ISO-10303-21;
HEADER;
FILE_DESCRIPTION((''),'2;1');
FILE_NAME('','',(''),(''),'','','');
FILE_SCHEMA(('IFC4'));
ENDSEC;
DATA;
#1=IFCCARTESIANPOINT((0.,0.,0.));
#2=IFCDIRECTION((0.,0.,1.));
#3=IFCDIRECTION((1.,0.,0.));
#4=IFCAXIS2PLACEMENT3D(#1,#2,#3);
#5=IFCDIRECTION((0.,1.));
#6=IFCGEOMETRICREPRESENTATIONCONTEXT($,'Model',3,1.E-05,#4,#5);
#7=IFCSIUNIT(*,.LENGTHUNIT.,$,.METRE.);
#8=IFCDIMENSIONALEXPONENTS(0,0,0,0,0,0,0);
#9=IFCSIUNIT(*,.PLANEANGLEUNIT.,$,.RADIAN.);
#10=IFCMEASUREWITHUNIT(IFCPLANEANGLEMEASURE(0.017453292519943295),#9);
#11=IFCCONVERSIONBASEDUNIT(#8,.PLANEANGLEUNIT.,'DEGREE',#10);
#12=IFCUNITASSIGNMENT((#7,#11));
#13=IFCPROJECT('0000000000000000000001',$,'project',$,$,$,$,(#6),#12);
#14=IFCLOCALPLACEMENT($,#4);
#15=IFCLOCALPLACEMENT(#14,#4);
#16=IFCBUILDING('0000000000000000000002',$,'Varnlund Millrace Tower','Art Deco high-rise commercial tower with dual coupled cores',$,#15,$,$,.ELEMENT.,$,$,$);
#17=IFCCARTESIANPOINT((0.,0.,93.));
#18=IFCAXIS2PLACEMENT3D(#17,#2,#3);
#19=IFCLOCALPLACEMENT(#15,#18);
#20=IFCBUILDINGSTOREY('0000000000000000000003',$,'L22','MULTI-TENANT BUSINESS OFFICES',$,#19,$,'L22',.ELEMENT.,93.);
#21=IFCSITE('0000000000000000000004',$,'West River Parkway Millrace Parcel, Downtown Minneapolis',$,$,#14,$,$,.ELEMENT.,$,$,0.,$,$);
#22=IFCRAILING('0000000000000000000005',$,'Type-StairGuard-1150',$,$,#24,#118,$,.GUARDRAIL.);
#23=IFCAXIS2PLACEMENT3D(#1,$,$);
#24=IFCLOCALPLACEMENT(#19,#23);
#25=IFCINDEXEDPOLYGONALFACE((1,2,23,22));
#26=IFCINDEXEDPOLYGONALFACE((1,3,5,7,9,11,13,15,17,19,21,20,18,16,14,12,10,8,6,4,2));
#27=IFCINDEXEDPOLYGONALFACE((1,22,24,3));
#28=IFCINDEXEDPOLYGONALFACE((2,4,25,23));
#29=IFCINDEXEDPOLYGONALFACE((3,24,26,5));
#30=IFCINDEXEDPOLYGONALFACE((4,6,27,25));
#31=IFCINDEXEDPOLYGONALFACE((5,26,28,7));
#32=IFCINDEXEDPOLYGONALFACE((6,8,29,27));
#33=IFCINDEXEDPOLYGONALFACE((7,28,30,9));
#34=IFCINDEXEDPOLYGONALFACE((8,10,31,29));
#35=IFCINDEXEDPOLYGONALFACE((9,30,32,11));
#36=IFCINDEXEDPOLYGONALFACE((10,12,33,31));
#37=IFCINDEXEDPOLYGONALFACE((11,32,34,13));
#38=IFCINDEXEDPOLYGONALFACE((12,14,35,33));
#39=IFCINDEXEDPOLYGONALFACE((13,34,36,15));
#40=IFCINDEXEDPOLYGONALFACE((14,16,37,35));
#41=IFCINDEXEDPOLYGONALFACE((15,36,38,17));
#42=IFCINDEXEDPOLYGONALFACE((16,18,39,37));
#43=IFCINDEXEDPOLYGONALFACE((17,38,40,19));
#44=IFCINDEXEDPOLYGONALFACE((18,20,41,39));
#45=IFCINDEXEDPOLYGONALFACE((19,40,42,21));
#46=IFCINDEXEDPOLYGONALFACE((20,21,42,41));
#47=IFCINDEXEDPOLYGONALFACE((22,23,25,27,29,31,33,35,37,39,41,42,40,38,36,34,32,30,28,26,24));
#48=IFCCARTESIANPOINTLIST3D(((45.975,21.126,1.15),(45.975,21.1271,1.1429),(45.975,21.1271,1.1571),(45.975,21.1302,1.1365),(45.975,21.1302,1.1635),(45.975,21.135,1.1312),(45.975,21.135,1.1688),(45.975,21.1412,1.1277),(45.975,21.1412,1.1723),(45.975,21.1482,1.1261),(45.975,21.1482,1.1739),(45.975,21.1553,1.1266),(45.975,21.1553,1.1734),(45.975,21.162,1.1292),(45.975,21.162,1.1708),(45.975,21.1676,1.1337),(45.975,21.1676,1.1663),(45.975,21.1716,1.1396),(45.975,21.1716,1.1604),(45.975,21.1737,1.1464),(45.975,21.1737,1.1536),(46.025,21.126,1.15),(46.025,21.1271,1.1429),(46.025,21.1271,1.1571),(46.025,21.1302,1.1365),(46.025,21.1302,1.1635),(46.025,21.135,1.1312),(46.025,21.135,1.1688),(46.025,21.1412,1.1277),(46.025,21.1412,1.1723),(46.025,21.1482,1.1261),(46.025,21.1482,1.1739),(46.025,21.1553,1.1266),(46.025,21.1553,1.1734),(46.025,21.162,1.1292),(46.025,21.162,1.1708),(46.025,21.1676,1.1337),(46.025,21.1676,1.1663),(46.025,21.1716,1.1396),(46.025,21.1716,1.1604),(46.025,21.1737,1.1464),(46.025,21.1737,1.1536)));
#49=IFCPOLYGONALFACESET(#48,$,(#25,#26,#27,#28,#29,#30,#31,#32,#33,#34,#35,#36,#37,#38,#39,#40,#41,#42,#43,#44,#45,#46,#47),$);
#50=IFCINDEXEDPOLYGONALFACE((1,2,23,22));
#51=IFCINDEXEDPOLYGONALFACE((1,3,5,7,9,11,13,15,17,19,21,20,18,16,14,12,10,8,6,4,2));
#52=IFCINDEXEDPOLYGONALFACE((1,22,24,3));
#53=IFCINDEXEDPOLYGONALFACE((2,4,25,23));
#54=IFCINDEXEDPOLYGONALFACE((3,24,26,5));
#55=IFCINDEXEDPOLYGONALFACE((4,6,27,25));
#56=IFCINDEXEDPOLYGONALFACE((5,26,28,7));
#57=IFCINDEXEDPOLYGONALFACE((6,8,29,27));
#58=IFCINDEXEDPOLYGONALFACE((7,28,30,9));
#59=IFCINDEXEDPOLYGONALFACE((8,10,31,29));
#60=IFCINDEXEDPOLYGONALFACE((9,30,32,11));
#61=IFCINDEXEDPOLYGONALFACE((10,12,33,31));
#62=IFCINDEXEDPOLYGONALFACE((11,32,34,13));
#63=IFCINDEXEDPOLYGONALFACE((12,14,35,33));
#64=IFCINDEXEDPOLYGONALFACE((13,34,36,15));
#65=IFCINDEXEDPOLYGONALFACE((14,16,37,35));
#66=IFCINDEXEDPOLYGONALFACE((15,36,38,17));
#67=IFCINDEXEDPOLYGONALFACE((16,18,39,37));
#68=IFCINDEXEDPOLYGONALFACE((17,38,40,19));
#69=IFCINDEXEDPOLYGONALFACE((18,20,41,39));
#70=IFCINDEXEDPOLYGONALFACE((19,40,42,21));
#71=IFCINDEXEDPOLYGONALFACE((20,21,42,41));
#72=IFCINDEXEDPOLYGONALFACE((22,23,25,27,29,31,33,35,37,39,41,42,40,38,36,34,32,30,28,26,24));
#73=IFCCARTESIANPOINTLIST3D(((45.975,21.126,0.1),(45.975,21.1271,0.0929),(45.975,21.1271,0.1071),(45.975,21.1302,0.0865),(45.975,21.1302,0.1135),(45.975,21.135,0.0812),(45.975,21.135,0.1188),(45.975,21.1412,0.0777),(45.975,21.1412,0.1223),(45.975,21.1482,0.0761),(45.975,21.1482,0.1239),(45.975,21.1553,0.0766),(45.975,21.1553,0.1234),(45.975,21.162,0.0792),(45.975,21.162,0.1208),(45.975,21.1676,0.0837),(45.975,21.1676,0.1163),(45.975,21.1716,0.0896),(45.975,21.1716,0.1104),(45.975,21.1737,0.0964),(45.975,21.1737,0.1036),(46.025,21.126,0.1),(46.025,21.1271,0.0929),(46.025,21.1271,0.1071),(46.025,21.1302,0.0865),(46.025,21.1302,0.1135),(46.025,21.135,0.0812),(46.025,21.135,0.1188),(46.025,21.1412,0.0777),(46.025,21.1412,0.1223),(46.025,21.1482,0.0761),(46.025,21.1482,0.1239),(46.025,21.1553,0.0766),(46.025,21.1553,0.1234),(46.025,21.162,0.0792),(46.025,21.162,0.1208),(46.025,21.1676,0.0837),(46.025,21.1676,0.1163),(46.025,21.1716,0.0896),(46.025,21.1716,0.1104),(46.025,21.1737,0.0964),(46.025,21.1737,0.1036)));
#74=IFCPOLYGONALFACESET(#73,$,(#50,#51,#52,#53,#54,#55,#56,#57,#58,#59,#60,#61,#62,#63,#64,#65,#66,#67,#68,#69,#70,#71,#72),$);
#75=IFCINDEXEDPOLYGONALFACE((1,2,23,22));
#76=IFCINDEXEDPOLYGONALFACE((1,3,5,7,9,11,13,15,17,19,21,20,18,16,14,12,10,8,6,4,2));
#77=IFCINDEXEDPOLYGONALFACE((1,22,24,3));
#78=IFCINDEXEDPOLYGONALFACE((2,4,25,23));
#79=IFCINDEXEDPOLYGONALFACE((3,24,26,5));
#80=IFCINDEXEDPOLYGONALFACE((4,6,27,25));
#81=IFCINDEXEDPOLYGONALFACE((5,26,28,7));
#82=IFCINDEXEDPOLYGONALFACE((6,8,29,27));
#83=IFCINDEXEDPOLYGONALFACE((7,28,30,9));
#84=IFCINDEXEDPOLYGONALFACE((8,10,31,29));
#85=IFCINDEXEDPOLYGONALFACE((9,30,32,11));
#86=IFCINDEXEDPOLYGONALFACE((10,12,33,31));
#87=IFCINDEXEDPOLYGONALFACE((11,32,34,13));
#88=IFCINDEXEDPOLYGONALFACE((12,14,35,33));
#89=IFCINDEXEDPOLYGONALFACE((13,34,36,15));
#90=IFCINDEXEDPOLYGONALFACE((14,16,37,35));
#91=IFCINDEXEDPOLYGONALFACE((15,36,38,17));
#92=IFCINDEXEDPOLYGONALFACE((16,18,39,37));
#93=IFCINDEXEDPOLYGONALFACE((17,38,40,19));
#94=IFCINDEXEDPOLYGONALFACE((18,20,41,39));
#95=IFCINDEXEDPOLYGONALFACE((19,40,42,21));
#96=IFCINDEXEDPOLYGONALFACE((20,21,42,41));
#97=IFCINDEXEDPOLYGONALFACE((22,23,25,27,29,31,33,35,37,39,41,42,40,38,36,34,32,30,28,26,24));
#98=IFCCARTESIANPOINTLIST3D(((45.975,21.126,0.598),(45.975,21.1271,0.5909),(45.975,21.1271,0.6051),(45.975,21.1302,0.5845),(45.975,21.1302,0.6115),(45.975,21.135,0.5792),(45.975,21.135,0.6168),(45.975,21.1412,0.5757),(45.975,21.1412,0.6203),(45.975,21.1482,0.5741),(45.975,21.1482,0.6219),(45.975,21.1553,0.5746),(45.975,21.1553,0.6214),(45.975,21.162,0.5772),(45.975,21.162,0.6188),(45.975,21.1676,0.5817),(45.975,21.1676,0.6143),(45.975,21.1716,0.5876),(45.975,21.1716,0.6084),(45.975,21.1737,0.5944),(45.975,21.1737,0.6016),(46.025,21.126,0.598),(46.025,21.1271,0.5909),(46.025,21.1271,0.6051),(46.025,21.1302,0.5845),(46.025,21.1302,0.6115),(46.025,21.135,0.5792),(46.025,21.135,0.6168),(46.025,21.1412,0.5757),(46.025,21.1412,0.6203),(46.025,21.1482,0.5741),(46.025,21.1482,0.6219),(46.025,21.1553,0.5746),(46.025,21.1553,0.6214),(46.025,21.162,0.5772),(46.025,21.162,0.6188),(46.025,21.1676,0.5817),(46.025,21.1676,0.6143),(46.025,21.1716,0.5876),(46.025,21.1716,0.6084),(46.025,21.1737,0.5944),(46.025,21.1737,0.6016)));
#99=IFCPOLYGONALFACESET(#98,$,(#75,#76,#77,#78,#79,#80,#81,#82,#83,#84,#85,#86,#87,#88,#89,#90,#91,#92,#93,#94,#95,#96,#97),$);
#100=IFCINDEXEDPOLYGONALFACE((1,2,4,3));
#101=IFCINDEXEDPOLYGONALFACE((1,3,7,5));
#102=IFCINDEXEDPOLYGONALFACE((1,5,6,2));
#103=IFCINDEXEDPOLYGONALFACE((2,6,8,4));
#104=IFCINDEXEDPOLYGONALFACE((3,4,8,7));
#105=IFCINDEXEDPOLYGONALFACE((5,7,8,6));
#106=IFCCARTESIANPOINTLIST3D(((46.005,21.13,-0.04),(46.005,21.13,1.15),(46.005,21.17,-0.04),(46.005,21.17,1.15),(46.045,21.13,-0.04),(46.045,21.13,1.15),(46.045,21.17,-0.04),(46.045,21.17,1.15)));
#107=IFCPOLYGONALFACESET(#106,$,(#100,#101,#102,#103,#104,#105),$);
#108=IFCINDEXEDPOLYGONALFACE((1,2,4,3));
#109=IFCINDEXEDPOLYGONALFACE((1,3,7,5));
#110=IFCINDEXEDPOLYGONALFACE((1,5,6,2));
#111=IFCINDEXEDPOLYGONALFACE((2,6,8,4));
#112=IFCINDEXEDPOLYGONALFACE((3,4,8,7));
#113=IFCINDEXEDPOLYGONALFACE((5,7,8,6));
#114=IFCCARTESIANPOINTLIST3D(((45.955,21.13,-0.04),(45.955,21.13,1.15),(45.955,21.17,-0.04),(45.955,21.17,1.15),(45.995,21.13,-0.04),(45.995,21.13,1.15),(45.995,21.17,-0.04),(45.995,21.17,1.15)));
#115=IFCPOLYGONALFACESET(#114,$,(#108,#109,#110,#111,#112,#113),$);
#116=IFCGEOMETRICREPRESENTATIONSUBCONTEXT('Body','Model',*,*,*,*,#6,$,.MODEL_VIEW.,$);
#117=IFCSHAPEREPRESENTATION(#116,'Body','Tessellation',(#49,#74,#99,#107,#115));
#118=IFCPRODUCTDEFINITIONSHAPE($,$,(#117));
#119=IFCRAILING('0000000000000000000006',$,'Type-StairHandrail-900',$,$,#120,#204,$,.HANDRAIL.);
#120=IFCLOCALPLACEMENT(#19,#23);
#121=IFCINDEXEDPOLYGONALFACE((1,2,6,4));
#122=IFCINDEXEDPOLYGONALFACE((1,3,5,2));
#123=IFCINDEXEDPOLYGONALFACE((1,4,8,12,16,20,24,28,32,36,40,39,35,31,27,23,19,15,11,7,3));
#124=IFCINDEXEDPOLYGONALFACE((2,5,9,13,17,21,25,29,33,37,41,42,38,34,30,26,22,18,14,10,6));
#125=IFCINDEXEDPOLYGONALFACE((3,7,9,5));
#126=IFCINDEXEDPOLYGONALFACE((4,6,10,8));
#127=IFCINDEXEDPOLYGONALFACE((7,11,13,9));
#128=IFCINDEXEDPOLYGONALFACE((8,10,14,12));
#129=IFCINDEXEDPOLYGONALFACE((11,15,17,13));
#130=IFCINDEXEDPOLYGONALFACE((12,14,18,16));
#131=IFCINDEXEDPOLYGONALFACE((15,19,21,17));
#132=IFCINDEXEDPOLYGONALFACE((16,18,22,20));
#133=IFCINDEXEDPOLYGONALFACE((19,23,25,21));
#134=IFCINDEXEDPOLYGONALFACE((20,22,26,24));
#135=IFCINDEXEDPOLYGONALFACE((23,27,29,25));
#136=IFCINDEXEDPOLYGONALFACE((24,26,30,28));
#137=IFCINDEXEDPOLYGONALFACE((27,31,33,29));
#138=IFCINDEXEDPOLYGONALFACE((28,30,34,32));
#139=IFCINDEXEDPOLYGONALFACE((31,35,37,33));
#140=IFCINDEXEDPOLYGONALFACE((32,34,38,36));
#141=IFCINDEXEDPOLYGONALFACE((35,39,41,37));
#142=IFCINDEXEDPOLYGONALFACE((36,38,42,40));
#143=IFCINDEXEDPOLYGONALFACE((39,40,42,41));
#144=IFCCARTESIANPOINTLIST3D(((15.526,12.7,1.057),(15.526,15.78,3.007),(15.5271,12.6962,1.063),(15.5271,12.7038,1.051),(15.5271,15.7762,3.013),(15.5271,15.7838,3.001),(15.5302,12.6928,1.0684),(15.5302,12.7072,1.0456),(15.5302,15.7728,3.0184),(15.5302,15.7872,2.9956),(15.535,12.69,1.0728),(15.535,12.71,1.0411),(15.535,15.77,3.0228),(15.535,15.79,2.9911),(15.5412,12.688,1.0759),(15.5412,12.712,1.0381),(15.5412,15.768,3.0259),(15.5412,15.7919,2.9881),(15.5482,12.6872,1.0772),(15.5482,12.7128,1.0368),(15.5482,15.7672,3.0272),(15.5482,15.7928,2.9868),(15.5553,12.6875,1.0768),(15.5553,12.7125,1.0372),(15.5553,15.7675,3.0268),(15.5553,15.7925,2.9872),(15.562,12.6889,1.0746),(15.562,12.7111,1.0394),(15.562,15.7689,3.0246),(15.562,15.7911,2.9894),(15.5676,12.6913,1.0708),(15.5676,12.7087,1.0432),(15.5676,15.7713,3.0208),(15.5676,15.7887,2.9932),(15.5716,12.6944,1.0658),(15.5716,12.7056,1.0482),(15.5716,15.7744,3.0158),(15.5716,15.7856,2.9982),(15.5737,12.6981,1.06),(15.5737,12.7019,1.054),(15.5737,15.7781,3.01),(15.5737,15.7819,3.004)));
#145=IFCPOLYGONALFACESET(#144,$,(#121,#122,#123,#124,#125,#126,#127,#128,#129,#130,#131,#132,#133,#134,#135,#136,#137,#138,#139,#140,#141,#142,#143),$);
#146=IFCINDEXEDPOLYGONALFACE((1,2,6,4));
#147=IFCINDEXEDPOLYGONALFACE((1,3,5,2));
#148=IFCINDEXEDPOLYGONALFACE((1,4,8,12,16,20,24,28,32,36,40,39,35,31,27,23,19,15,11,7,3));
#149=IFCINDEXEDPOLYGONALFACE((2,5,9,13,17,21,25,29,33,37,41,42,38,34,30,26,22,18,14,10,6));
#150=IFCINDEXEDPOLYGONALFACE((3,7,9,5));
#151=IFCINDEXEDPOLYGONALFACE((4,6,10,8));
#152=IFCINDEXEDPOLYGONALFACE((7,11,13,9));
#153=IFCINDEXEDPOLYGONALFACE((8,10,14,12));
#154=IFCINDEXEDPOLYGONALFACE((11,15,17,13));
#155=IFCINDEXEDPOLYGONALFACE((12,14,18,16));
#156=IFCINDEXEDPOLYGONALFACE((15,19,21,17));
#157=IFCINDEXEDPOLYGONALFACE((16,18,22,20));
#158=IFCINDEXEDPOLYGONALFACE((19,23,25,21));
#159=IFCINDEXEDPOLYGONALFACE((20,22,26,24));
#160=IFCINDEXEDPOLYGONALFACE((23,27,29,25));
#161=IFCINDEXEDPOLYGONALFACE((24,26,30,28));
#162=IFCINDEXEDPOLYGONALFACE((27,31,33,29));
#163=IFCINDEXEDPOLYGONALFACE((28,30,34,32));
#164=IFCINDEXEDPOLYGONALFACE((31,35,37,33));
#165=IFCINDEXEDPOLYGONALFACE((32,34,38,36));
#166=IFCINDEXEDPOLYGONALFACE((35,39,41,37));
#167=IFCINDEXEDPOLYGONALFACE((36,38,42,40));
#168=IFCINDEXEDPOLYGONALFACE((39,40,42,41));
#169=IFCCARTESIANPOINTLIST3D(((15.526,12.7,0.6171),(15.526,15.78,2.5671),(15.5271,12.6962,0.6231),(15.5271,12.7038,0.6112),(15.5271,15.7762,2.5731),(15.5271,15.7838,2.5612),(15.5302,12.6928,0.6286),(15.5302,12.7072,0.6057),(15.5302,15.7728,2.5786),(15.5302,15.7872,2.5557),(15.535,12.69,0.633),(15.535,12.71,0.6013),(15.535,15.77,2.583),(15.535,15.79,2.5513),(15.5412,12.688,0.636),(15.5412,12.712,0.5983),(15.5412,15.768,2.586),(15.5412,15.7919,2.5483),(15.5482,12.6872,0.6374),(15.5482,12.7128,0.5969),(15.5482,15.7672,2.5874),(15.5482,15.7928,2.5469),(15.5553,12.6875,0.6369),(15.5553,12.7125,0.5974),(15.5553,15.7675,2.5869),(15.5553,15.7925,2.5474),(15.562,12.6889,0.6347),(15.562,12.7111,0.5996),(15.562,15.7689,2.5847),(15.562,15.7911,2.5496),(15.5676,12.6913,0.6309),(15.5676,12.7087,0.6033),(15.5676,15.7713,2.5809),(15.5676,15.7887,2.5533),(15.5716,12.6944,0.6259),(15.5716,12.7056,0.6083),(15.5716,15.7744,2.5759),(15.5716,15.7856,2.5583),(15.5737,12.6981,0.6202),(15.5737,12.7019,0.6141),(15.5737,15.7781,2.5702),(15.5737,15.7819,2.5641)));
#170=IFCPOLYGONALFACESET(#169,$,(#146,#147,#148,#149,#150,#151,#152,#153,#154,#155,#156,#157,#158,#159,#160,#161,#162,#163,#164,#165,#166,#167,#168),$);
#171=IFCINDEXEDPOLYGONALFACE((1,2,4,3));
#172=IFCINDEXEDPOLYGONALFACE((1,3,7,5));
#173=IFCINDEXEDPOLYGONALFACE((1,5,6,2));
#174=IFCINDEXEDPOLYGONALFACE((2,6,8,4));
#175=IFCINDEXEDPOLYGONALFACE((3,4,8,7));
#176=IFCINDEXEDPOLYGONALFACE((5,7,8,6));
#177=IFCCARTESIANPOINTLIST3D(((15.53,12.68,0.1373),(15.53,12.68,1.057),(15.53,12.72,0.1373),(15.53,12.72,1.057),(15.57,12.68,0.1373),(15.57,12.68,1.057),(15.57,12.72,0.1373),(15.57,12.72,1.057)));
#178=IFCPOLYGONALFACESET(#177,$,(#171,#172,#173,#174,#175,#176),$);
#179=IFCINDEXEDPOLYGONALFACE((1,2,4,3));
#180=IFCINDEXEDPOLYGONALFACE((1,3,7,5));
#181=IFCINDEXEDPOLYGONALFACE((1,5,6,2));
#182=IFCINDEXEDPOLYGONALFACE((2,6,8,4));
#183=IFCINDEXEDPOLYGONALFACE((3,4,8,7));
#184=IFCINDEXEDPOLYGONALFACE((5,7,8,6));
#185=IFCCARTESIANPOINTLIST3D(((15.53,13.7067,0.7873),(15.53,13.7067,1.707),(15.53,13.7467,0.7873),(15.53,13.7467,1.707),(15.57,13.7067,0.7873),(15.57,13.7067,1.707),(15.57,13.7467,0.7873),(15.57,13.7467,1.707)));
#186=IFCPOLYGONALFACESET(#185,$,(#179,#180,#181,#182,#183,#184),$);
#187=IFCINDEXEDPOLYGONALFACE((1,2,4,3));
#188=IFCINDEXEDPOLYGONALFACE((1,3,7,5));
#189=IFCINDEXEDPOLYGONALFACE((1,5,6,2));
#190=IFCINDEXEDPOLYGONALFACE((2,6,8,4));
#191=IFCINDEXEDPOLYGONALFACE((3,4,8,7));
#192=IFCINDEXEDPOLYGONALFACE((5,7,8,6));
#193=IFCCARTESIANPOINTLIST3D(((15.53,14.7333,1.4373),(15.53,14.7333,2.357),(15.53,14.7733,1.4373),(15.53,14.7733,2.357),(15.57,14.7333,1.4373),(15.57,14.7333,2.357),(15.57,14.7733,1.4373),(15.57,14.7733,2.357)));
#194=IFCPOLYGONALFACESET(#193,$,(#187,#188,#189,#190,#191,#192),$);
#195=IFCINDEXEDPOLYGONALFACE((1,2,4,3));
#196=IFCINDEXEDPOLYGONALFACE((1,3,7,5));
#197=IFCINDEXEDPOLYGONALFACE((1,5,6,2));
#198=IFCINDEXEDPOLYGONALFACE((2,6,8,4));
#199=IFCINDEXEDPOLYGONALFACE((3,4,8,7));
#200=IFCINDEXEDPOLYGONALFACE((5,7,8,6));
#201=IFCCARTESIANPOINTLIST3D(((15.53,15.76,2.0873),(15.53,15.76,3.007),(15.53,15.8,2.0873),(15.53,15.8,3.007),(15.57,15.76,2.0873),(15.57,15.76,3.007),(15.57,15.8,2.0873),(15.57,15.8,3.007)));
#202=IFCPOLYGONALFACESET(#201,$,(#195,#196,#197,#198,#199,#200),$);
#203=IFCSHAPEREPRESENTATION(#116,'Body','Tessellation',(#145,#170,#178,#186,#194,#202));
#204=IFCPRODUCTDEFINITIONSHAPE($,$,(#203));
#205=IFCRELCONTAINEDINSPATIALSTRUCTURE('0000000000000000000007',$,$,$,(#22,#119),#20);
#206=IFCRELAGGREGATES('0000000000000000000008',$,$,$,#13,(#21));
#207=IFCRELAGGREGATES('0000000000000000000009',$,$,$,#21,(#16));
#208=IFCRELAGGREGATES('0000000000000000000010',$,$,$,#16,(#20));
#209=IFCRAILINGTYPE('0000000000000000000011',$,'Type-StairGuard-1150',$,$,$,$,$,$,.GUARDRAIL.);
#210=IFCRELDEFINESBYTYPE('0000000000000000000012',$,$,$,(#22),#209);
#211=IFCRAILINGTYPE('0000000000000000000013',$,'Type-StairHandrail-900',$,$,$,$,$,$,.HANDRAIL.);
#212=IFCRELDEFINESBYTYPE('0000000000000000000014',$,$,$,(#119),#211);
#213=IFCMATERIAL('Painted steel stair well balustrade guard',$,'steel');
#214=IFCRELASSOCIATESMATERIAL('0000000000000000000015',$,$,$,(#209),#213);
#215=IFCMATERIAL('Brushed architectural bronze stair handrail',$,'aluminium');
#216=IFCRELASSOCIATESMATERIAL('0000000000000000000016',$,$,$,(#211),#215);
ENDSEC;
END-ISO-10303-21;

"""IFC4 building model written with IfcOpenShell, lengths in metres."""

from ifc_helpers import new_model, entity, si_unit, converted_unit, direction, frame, origin_with_axes, origin_2d_with_axis, place, context, subcontext, project, spatial, rectangle, circle, extrude, material, type_object, element, save


model = new_model("IFC4")

# Units and contexts
model_context = context("Model", 3, precision=1e-05, world=origin_with_axes(), true_north=direction((0.0, 1.0)))
body_context = subcontext(model_context, "Body", "Model", "MODEL_VIEW")
ifc_project = project(units=[si_unit("LENGTHUNIT", "METRE"), converted_unit("PLANEANGLEUNIT", "DEGREE", entity("IfcPlaneAngleMeasure", 0.017453292519943295), si_unit("PLANEANGLEUNIT", "RADIAN"), dimensions=[0, 0, 0, 0, 0, 0, 0])], contexts=[model_context])

# Site, building, storey
site_placement = place(None, origin_with_axes())
site = spatial("IfcSite", under=ifc_project, at=site_placement, Name="West River Parkway Millrace Parcel, Downtown Minneapolis", CompositionType="ELEMENT", RefElevation=0.0)
building_placement = place(site_placement, origin_with_axes())
building = spatial("IfcBuilding", under=site, at=building_placement, Name="Varnlund Millrace Tower", Description="Art Deco high-rise commercial tower with dual coupled cores", CompositionType="ELEMENT")
storey_placement = place(building_placement, frame((0.0, 0.0, 93.0), z_axis=(0.0, 0.0, 1.0), x_axis=(1.0, 0.0, 0.0)))
storey = spatial("IfcBuildingStorey", under=building, at=storey_placement, Name="L22", Description="MULTI-TENANT BUSINESS OFFICES", LongName="L22", CompositionType="ELEMENT", Elevation=93.0)

# Railings
ifc_material_1 = material(Name="Painted steel stair well balustrade guard", Category="steel")
railing_type_1 = type_object("IfcRailingType", Name="Type-StairGuard-1150", PredefinedType="GUARDRAIL", material=ifc_material_1)
railing_1_placement = place(storey_placement, frame((0.0, 0.0, -93.0), z_axis=(0.0, 0.0, 1.0), x_axis=(1.0, 0.0, 0.0)))
element("IfcRailing", 1, at=railing_1_placement, inside=storey, type_object=railing_type_1, Name="Type-StairGuard-1150", PredefinedType="GUARDRAIL", context=body_context, shape_type="SweptSolid", body=[
    extrude(circle(Radius=0.024, at=origin_2d_with_axis()), frame((46.025, 21.15, 94.15), z_axis=(-1.0, 0.0, 0.0), x_axis=(0.0, -1.0, 0.0)), (0.0, 0.0, 1.0), 0.05),
    extrude(circle(Radius=0.024, at=origin_2d_with_axis()), frame((46.025, 21.15, 93.1), z_axis=(-1.0, 0.0, 0.0), x_axis=(0.0, -1.0, 0.0)), (0.0, 0.0, 1.0), 0.05),
    extrude(circle(Radius=0.024, at=origin_2d_with_axis()), frame((46.025, 21.15, 93.598), z_axis=(-1.0, 0.0, 0.0), x_axis=(0.0, -1.0, 0.0)), (0.0, 0.0, 1.0), 0.05),
    extrude(rectangle(XDim=0.04, YDim=0.04, at=origin_2d_with_axis()), frame((46.025, 21.15, 92.96), z_axis=(0.0, 0.0, 1.0), x_axis=(1.0, 0.0, 0.0)), (0.0, 0.0, 1.0), 1.19),
    extrude(rectangle(XDim=0.04, YDim=0.04, at=origin_2d_with_axis()), frame((45.975, 21.15, 92.96), z_axis=(0.0, 0.0, 1.0), x_axis=(1.0, 0.0, 0.0)), (0.0, 0.0, 1.0), 1.19),
])
ifc_material_2 = material(Name="Brushed architectural bronze stair handrail", Category="aluminium")
railing_type_2 = type_object("IfcRailingType", Name="Type-StairHandrail-900", PredefinedType="HANDRAIL", material=ifc_material_2)
railing_2_placement = place(storey_placement, frame((0.0, 0.0, -93.0), z_axis=(0.0, 0.0, 1.0), x_axis=(1.0, 0.0, 0.0)))
element("IfcRailing", 2, at=railing_2_placement, inside=storey, type_object=railing_type_2, Name="Type-StairHandrail-900", PredefinedType="HANDRAIL", context=body_context, shape_type="SweptSolid", body=[
    extrude(circle(Radius=0.024, at=origin_2d_with_axis()), frame((15.55, 12.7, 94.057), z_axis=(0.0, 0.844902, 0.534922), x_axis=(-1.0, 0.0, 0.0)), (0.0, 0.0, 1.0), 3.6454),
    extrude(circle(Radius=0.024, at=origin_2d_with_axis()), frame((15.55, 12.7, 93.6171), z_axis=(0.0, 0.844902, 0.534922), x_axis=(-1.0, 0.0, 0.0)), (0.0, 0.0, 1.0), 3.6454),
    extrude(rectangle(XDim=0.04, YDim=0.04, at=origin_2d_with_axis()), frame((15.55, 12.7, 93.1373), z_axis=(0.0, 0.0, 1.0), x_axis=(1.0, 0.0, 0.0)), (0.0, 0.0, 1.0), 0.9197),
    extrude(rectangle(XDim=0.04, YDim=0.04, at=origin_2d_with_axis()), frame((15.55, 13.7267, 93.7873), z_axis=(0.0, 0.0, 1.0), x_axis=(1.0, 0.0, 0.0)), (0.0, 0.0, 1.0), 0.9197),
    extrude(rectangle(XDim=0.04, YDim=0.04, at=origin_2d_with_axis()), frame((15.55, 14.7533, 94.4373), z_axis=(0.0, 0.0, 1.0), x_axis=(1.0, 0.0, 0.0)), (0.0, 0.0, 1.0), 0.9197),
    extrude(rectangle(XDim=0.04, YDim=0.04, at=origin_2d_with_axis()), frame((15.55, 15.78, 95.0873), z_axis=(0.0, 0.0, 1.0), x_axis=(1.0, 0.0, 0.0)), (0.0, 0.0, 1.0), 0.9197),
])

save(model, "model.ifc")
